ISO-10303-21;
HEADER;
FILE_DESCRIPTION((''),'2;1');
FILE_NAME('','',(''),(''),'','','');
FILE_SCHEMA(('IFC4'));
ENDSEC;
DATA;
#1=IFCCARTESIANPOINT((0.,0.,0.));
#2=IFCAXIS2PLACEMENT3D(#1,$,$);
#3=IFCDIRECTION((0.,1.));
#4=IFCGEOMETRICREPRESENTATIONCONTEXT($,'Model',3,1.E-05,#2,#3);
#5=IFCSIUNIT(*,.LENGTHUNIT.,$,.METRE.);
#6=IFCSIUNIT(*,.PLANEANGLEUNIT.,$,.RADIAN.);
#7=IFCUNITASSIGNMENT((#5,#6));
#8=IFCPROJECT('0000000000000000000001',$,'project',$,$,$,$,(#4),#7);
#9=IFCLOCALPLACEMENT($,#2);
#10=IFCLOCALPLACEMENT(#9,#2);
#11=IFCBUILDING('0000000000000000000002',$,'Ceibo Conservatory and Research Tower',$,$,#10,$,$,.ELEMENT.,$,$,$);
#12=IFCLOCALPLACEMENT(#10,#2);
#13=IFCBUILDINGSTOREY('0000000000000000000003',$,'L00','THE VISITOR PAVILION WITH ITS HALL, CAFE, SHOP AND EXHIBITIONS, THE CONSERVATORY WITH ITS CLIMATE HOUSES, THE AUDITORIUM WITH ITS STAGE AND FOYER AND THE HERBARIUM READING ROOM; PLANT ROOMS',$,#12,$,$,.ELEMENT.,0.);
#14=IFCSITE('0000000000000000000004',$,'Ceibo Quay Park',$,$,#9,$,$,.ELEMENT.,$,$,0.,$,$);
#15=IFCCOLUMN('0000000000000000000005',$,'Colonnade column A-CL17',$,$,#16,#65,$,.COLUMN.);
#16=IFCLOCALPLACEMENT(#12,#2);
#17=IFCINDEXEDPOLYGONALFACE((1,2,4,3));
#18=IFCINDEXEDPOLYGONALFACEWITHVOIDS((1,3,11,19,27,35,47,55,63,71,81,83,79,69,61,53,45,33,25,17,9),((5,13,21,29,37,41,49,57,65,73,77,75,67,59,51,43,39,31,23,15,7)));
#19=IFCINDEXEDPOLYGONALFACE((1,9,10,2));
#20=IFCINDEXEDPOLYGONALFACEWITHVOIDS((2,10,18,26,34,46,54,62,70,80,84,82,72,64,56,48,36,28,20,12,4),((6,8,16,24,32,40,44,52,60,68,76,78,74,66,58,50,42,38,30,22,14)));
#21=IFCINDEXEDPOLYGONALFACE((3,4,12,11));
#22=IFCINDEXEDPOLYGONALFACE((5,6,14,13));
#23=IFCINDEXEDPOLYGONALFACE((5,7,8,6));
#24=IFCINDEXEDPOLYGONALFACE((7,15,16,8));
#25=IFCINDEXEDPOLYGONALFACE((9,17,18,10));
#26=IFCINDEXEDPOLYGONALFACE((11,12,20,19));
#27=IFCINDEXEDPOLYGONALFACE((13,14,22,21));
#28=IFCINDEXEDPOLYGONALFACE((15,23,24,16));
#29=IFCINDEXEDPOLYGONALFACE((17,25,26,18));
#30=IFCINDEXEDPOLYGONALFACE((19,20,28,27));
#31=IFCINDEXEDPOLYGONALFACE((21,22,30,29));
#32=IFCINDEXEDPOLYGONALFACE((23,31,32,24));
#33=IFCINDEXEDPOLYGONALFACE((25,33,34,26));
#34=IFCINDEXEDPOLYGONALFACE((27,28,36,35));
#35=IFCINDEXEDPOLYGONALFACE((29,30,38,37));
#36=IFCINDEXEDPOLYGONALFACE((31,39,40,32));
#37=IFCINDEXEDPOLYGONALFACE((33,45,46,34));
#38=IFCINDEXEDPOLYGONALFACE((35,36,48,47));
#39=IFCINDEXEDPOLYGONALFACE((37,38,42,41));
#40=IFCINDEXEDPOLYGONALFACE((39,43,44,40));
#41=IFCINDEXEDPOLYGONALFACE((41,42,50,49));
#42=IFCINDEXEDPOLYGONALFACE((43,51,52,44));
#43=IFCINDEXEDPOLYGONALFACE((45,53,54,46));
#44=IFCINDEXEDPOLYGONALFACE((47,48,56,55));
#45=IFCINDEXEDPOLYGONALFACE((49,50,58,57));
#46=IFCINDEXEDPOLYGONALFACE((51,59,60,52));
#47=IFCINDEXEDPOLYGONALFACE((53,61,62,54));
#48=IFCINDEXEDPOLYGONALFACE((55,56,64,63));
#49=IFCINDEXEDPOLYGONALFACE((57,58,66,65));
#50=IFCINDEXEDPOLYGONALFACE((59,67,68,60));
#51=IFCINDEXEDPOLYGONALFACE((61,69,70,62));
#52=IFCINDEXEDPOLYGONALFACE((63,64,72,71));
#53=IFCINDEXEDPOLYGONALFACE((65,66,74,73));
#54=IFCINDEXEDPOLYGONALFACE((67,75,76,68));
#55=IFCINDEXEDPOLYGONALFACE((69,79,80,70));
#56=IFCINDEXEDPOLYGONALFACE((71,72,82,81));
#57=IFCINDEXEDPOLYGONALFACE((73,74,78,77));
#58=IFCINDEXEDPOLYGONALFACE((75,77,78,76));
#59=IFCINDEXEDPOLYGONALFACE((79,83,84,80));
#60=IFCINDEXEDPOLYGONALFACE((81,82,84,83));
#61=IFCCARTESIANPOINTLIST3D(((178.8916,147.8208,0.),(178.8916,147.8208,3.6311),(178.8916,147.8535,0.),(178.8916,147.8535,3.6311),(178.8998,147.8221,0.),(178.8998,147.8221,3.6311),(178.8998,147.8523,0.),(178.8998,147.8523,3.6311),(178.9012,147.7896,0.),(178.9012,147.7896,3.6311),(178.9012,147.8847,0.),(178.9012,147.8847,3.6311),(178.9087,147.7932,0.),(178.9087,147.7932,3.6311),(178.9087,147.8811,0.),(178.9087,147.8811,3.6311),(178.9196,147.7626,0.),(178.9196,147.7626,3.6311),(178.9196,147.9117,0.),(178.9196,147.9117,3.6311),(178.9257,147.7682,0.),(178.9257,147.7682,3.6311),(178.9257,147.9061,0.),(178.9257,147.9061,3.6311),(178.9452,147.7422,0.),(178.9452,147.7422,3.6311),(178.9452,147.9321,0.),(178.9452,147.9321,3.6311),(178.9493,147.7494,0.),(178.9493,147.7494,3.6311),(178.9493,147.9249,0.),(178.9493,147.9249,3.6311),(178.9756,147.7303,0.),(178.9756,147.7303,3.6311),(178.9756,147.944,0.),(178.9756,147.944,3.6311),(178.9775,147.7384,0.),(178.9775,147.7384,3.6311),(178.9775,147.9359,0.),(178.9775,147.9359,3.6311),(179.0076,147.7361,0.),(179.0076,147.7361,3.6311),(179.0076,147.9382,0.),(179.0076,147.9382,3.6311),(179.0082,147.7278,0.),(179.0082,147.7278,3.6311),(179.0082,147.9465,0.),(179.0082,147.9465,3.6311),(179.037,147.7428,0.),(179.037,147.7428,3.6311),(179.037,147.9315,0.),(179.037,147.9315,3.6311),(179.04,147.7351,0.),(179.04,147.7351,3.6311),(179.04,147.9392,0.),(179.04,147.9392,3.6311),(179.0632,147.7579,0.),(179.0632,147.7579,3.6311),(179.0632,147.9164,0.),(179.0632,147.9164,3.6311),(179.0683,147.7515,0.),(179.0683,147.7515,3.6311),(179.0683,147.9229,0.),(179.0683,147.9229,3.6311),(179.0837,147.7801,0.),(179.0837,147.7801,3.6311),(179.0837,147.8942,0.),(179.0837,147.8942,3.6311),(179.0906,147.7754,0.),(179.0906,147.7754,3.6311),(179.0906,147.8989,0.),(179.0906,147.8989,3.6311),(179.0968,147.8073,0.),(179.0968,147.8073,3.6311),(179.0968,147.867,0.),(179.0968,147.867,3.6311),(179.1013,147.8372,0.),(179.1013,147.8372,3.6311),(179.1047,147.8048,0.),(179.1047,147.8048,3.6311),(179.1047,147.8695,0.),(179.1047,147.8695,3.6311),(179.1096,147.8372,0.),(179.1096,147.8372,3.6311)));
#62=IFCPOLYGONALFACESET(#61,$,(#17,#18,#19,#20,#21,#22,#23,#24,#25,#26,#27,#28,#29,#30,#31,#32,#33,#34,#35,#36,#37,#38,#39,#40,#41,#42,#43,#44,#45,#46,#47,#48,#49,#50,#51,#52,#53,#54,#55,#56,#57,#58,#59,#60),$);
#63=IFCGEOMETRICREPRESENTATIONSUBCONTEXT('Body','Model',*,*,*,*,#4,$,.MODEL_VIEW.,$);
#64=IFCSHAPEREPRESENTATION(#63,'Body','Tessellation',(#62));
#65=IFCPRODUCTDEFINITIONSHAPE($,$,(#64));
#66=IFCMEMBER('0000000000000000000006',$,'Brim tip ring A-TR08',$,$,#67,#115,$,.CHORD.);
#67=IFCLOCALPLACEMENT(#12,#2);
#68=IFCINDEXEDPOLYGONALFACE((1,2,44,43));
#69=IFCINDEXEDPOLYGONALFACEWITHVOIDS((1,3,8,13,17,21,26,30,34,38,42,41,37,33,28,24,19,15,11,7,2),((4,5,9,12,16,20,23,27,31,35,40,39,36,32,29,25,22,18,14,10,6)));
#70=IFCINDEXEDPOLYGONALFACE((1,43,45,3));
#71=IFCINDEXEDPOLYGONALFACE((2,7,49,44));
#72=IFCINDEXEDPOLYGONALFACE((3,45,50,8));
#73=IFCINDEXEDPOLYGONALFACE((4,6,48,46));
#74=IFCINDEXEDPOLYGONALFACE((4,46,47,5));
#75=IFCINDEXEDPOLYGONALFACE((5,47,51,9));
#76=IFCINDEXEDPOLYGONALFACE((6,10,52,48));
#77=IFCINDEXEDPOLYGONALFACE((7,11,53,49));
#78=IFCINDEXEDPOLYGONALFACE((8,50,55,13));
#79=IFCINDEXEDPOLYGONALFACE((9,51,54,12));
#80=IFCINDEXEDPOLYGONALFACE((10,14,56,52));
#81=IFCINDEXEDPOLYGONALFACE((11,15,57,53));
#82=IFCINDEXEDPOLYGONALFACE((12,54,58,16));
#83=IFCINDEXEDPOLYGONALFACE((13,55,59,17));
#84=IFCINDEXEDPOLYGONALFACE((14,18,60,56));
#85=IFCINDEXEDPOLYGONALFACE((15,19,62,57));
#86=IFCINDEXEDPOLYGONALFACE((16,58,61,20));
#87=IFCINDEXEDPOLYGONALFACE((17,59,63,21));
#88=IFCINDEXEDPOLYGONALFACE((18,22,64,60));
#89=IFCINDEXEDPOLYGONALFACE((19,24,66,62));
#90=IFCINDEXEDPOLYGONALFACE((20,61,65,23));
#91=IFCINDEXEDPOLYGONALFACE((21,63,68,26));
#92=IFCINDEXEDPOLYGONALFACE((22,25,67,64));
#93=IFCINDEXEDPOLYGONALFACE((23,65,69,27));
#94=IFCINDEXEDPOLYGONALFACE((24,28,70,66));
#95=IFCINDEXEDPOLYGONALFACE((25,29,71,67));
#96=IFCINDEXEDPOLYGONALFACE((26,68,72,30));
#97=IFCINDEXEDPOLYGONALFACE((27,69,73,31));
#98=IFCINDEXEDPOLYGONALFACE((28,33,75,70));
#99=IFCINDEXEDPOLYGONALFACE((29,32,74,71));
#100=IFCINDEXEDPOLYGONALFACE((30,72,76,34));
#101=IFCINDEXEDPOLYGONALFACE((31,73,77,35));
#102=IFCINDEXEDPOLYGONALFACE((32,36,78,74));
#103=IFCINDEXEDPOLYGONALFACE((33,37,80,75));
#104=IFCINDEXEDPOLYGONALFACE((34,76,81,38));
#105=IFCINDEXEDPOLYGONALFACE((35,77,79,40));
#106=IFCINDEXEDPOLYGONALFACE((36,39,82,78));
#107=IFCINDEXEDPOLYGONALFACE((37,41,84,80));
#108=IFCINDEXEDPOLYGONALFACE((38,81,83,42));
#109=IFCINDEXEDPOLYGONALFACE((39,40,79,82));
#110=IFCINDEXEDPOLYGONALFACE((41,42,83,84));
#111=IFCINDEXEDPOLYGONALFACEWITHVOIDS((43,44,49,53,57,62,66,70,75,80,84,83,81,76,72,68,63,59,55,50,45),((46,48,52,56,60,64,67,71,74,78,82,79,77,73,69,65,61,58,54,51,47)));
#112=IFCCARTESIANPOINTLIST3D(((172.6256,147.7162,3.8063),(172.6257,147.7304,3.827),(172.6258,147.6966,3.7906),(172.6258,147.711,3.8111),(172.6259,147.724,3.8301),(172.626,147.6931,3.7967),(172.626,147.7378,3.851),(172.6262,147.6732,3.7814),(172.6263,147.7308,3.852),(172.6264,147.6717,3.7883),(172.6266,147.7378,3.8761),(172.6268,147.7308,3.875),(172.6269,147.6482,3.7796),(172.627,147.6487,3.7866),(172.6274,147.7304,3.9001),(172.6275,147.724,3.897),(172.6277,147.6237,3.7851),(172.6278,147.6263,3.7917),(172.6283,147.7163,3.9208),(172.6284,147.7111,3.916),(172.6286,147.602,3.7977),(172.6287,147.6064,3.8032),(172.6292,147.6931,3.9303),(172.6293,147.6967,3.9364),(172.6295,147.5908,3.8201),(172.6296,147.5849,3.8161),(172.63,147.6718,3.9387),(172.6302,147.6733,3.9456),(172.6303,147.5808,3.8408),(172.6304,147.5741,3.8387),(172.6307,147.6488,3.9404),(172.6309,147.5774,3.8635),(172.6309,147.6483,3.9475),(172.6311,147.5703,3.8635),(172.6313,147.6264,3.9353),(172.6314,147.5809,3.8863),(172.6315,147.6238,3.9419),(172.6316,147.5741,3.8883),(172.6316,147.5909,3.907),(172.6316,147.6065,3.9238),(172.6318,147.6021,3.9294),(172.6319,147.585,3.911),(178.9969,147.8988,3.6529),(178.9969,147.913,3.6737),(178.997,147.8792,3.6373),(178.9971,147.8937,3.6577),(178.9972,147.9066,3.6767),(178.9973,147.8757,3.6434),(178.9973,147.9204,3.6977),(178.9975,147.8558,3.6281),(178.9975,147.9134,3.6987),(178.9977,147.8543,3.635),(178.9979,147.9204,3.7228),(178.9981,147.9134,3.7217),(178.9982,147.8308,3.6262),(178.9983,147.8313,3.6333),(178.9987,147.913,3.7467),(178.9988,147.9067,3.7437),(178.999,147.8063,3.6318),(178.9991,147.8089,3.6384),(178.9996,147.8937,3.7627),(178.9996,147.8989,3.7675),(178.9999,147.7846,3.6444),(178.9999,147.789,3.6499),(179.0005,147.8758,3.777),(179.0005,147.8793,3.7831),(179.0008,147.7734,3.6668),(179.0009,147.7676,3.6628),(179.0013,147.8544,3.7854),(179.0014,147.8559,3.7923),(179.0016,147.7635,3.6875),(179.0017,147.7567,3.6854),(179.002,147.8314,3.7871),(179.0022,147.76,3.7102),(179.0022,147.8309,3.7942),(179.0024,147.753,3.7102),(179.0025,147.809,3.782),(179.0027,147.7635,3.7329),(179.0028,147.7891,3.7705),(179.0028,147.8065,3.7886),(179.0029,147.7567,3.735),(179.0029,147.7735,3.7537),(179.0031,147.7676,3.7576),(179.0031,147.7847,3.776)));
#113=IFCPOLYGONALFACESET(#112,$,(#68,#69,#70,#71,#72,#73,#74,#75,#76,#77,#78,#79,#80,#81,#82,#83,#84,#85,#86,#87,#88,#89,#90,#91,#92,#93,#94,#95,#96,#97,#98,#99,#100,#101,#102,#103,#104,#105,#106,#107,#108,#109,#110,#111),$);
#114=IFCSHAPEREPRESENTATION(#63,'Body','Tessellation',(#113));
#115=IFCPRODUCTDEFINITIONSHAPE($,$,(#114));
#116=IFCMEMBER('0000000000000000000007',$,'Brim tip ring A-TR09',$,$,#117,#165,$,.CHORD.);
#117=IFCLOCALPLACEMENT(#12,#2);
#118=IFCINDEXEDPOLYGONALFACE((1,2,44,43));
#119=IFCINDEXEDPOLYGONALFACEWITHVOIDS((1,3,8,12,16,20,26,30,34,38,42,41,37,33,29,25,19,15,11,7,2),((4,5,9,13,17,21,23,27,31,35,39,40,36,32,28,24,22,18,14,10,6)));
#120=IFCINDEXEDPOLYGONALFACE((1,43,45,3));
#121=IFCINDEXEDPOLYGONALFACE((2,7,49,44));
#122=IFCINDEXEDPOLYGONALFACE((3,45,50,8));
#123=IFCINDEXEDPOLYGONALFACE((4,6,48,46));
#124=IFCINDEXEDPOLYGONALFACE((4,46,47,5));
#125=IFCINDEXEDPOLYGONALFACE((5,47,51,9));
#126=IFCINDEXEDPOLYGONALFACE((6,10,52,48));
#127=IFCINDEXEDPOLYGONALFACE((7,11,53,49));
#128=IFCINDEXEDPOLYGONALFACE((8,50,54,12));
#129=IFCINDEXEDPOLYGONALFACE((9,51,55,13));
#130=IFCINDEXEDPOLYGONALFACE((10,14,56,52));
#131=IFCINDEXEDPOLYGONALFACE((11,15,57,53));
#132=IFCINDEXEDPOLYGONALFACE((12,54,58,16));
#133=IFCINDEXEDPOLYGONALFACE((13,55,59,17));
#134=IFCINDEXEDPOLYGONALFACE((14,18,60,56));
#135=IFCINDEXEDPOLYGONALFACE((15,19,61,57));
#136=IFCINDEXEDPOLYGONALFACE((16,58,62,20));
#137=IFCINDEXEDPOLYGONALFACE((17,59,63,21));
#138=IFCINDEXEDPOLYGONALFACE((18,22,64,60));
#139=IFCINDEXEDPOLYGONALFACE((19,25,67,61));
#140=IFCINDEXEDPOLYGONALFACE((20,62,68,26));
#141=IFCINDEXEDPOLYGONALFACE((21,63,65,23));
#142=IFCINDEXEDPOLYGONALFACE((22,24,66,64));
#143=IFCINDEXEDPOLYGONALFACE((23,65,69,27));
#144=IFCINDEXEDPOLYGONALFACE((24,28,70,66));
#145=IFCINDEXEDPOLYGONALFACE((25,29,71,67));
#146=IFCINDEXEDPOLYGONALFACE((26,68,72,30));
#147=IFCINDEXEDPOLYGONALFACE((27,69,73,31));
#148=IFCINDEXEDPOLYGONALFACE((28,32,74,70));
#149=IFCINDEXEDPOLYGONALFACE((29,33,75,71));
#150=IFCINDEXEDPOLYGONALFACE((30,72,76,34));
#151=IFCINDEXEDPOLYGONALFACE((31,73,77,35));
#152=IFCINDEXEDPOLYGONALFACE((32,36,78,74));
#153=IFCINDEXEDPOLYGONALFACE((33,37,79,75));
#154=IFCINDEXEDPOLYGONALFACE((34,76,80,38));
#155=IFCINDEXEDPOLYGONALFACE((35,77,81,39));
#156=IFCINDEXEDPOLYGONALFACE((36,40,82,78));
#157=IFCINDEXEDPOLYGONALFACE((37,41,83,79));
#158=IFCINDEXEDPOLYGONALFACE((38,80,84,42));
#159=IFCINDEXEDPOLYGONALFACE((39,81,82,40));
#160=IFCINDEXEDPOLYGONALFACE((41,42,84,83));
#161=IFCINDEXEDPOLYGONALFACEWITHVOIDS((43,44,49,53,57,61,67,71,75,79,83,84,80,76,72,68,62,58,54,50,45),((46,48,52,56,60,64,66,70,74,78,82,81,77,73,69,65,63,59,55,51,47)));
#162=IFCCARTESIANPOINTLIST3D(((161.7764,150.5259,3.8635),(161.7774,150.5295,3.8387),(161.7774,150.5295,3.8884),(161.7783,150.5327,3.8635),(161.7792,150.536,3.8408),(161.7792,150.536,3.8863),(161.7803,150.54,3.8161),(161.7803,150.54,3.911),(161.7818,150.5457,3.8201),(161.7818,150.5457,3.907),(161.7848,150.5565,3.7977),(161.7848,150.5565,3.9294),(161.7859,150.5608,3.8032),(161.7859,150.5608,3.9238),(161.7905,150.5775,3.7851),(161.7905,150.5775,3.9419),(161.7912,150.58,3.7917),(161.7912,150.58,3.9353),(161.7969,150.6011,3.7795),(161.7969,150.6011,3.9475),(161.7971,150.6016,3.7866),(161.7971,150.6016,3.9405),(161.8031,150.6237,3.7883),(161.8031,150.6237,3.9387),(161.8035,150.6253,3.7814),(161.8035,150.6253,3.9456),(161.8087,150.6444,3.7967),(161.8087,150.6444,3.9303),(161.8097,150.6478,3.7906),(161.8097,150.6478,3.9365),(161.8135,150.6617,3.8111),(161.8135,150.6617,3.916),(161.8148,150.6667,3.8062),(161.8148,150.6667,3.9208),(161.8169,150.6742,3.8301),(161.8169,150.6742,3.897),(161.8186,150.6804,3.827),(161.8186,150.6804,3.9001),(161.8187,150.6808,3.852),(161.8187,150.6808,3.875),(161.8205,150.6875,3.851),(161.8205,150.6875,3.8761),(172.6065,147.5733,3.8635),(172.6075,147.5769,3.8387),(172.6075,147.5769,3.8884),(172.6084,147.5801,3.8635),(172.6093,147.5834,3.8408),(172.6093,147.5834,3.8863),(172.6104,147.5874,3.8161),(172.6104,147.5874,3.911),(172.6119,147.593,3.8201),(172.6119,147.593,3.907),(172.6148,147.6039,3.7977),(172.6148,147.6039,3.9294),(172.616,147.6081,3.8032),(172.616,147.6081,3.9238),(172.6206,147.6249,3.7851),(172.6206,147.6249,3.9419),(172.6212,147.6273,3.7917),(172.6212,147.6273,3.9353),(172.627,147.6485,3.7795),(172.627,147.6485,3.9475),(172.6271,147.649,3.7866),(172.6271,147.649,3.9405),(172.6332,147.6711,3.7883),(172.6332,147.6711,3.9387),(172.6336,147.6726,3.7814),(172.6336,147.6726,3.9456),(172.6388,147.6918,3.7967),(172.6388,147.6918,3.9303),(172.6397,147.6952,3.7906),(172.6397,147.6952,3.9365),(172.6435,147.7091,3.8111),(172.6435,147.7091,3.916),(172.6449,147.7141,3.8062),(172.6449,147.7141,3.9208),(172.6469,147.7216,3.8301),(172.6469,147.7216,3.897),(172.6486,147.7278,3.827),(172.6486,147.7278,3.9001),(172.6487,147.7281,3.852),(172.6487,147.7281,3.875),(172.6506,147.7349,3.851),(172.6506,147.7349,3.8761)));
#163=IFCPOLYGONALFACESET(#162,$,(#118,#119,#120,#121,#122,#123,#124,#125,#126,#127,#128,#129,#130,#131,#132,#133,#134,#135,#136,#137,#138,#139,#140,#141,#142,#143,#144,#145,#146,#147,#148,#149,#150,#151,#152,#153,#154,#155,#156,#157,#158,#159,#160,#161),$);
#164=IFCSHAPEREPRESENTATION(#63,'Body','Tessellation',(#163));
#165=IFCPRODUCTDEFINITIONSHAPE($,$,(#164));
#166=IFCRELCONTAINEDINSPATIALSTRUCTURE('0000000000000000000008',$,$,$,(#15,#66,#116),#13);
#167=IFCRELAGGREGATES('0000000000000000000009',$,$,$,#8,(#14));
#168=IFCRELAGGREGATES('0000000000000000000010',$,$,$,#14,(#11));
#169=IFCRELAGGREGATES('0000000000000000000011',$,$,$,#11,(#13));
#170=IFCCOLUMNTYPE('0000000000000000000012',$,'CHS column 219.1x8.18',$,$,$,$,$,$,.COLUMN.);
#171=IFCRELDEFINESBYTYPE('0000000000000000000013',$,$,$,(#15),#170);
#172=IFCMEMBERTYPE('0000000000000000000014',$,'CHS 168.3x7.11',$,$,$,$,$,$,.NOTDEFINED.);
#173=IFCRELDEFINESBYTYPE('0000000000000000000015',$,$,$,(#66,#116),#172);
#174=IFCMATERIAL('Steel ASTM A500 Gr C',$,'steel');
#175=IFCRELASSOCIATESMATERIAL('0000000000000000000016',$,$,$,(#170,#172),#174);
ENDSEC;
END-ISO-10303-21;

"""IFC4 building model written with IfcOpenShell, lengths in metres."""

from ifc_helpers import new_model, si_unit, direction, frame, origin, origin_2d, place, context, subcontext, project, spatial, hollow_circle, extrude, material, material_profile, profile_set, type_object, element, save


model = new_model("IFC4")

# Units and contexts
model_context = context("Model", 3, precision=1e-05, world=origin(), true_north=direction((0.0, 1.0)))
body_context = subcontext(model_context, "Body", "Model", "MODEL_VIEW")
ifc_project = project(units=[si_unit("LENGTHUNIT", "METRE"), si_unit("PLANEANGLEUNIT", "RADIAN")], contexts=[model_context])

# Site, building, storey
site_placement = place(None, origin())
site = spatial("IfcSite", under=ifc_project, at=site_placement, Name="Ceibo Quay Park", CompositionType="ELEMENT", RefElevation=0.0)
building_placement = place(site_placement, origin())
building = spatial("IfcBuilding", under=site, at=building_placement, Name="Ceibo Conservatory and Research Tower", CompositionType="ELEMENT")
storey_placement = place(building_placement, origin())
storey = spatial("IfcBuildingStorey", under=building, at=storey_placement, Name="L00", Description="THE VISITOR PAVILION WITH ITS HALL, CAFE, SHOP AND EXHIBITIONS, THE CONSERVATORY WITH ITS CLIMATE HOUSES, THE AUDITORIUM WITH ITS STAGE AND FOYER AND THE HERBARIUM READING ROOM; PLANT ROOMS", CompositionType="ELEMENT", Elevation=0.0)

# Column
ifc_material_1 = material(Name="Steel ASTM A500 Gr C", Category="steel")
ifc_material_profile_1 = material_profile(ifc_material_1, hollow_circle(Radius=0.1096, WallThickness=0.0083, at=origin_2d()), Name="CHS column 219.1x8.18")
ifc_profile_set_1 = profile_set([ifc_material_profile_1], Name="Steel ASTM A500 Gr C")
column_type = type_object("IfcColumnType", Name="CHS column 219.1x8.18", PredefinedType="COLUMN", material=ifc_profile_set_1)
column_placement = place(storey_placement, frame((179.0, 147.8372, 0.0), z_axis=(0.0, 0.0, 1.0), x_axis=(1.0, 0.0, 0.0)))
element("IfcColumn", 1, at=column_placement, inside=storey, type_object=column_type, Name="Colonnade column A-CL17", PredefinedType="COLUMN", context=body_context, shape_type="SweptSolid", body=[
    extrude(hollow_circle(Radius=0.1096, WallThickness=0.0083, at=origin_2d()), origin(), (0.0, 0.0, 1.0), 3.6311),
])

# Members
ifc_material_profile_2 = material_profile(ifc_material_1, hollow_circle(Radius=0.0842, WallThickness=0.0071, at=origin_2d()), Name="CHS 168.3x7.11")
ifc_profile_set_2 = profile_set([ifc_material_profile_2], Name="Steel ASTM A500 Gr C")
member_type_1 = type_object("IfcMemberType", Name="CHS 168.3x7.11", PredefinedType="NOTDEFINED", material=ifc_profile_set_2)
member_1_placement = place(storey_placement, frame((179.0, 147.8372, 3.7102), z_axis=(-0.9993, -0.028642, 0.024047), x_axis=(0.028651, -0.999589, 0.0)))
element("IfcMember", 2, at=member_1_placement, inside=storey, type_object=member_type_1, Name="Brim tip ring A-TR08", PredefinedType="CHORD", context=body_context, shape_type="SweptSolid", body=[
    extrude(hollow_circle(Radius=0.0842, WallThickness=0.0071, at=origin_2d()), origin(), (0.0, 0.0, 1.0), 6.3757),
])
member_2_placement = place(storey_placement, frame((172.6287, 147.6545, 3.8635), z_axis=(-0.964787, 0.263033, 0.0), x_axis=(-0.263033, -0.964787, 0.0)))
element("IfcMember", 3, at=member_2_placement, inside=storey, type_object=member_type_1, Name="Brim tip ring A-TR09", PredefinedType="CHORD", context=body_context, shape_type="SweptSolid", body=[
    extrude(hollow_circle(Radius=0.0842, WallThickness=0.0071, at=origin_2d()), origin(), (0.0, 0.0, 1.0), 11.2253),
])

save(model, "model.ifc")
